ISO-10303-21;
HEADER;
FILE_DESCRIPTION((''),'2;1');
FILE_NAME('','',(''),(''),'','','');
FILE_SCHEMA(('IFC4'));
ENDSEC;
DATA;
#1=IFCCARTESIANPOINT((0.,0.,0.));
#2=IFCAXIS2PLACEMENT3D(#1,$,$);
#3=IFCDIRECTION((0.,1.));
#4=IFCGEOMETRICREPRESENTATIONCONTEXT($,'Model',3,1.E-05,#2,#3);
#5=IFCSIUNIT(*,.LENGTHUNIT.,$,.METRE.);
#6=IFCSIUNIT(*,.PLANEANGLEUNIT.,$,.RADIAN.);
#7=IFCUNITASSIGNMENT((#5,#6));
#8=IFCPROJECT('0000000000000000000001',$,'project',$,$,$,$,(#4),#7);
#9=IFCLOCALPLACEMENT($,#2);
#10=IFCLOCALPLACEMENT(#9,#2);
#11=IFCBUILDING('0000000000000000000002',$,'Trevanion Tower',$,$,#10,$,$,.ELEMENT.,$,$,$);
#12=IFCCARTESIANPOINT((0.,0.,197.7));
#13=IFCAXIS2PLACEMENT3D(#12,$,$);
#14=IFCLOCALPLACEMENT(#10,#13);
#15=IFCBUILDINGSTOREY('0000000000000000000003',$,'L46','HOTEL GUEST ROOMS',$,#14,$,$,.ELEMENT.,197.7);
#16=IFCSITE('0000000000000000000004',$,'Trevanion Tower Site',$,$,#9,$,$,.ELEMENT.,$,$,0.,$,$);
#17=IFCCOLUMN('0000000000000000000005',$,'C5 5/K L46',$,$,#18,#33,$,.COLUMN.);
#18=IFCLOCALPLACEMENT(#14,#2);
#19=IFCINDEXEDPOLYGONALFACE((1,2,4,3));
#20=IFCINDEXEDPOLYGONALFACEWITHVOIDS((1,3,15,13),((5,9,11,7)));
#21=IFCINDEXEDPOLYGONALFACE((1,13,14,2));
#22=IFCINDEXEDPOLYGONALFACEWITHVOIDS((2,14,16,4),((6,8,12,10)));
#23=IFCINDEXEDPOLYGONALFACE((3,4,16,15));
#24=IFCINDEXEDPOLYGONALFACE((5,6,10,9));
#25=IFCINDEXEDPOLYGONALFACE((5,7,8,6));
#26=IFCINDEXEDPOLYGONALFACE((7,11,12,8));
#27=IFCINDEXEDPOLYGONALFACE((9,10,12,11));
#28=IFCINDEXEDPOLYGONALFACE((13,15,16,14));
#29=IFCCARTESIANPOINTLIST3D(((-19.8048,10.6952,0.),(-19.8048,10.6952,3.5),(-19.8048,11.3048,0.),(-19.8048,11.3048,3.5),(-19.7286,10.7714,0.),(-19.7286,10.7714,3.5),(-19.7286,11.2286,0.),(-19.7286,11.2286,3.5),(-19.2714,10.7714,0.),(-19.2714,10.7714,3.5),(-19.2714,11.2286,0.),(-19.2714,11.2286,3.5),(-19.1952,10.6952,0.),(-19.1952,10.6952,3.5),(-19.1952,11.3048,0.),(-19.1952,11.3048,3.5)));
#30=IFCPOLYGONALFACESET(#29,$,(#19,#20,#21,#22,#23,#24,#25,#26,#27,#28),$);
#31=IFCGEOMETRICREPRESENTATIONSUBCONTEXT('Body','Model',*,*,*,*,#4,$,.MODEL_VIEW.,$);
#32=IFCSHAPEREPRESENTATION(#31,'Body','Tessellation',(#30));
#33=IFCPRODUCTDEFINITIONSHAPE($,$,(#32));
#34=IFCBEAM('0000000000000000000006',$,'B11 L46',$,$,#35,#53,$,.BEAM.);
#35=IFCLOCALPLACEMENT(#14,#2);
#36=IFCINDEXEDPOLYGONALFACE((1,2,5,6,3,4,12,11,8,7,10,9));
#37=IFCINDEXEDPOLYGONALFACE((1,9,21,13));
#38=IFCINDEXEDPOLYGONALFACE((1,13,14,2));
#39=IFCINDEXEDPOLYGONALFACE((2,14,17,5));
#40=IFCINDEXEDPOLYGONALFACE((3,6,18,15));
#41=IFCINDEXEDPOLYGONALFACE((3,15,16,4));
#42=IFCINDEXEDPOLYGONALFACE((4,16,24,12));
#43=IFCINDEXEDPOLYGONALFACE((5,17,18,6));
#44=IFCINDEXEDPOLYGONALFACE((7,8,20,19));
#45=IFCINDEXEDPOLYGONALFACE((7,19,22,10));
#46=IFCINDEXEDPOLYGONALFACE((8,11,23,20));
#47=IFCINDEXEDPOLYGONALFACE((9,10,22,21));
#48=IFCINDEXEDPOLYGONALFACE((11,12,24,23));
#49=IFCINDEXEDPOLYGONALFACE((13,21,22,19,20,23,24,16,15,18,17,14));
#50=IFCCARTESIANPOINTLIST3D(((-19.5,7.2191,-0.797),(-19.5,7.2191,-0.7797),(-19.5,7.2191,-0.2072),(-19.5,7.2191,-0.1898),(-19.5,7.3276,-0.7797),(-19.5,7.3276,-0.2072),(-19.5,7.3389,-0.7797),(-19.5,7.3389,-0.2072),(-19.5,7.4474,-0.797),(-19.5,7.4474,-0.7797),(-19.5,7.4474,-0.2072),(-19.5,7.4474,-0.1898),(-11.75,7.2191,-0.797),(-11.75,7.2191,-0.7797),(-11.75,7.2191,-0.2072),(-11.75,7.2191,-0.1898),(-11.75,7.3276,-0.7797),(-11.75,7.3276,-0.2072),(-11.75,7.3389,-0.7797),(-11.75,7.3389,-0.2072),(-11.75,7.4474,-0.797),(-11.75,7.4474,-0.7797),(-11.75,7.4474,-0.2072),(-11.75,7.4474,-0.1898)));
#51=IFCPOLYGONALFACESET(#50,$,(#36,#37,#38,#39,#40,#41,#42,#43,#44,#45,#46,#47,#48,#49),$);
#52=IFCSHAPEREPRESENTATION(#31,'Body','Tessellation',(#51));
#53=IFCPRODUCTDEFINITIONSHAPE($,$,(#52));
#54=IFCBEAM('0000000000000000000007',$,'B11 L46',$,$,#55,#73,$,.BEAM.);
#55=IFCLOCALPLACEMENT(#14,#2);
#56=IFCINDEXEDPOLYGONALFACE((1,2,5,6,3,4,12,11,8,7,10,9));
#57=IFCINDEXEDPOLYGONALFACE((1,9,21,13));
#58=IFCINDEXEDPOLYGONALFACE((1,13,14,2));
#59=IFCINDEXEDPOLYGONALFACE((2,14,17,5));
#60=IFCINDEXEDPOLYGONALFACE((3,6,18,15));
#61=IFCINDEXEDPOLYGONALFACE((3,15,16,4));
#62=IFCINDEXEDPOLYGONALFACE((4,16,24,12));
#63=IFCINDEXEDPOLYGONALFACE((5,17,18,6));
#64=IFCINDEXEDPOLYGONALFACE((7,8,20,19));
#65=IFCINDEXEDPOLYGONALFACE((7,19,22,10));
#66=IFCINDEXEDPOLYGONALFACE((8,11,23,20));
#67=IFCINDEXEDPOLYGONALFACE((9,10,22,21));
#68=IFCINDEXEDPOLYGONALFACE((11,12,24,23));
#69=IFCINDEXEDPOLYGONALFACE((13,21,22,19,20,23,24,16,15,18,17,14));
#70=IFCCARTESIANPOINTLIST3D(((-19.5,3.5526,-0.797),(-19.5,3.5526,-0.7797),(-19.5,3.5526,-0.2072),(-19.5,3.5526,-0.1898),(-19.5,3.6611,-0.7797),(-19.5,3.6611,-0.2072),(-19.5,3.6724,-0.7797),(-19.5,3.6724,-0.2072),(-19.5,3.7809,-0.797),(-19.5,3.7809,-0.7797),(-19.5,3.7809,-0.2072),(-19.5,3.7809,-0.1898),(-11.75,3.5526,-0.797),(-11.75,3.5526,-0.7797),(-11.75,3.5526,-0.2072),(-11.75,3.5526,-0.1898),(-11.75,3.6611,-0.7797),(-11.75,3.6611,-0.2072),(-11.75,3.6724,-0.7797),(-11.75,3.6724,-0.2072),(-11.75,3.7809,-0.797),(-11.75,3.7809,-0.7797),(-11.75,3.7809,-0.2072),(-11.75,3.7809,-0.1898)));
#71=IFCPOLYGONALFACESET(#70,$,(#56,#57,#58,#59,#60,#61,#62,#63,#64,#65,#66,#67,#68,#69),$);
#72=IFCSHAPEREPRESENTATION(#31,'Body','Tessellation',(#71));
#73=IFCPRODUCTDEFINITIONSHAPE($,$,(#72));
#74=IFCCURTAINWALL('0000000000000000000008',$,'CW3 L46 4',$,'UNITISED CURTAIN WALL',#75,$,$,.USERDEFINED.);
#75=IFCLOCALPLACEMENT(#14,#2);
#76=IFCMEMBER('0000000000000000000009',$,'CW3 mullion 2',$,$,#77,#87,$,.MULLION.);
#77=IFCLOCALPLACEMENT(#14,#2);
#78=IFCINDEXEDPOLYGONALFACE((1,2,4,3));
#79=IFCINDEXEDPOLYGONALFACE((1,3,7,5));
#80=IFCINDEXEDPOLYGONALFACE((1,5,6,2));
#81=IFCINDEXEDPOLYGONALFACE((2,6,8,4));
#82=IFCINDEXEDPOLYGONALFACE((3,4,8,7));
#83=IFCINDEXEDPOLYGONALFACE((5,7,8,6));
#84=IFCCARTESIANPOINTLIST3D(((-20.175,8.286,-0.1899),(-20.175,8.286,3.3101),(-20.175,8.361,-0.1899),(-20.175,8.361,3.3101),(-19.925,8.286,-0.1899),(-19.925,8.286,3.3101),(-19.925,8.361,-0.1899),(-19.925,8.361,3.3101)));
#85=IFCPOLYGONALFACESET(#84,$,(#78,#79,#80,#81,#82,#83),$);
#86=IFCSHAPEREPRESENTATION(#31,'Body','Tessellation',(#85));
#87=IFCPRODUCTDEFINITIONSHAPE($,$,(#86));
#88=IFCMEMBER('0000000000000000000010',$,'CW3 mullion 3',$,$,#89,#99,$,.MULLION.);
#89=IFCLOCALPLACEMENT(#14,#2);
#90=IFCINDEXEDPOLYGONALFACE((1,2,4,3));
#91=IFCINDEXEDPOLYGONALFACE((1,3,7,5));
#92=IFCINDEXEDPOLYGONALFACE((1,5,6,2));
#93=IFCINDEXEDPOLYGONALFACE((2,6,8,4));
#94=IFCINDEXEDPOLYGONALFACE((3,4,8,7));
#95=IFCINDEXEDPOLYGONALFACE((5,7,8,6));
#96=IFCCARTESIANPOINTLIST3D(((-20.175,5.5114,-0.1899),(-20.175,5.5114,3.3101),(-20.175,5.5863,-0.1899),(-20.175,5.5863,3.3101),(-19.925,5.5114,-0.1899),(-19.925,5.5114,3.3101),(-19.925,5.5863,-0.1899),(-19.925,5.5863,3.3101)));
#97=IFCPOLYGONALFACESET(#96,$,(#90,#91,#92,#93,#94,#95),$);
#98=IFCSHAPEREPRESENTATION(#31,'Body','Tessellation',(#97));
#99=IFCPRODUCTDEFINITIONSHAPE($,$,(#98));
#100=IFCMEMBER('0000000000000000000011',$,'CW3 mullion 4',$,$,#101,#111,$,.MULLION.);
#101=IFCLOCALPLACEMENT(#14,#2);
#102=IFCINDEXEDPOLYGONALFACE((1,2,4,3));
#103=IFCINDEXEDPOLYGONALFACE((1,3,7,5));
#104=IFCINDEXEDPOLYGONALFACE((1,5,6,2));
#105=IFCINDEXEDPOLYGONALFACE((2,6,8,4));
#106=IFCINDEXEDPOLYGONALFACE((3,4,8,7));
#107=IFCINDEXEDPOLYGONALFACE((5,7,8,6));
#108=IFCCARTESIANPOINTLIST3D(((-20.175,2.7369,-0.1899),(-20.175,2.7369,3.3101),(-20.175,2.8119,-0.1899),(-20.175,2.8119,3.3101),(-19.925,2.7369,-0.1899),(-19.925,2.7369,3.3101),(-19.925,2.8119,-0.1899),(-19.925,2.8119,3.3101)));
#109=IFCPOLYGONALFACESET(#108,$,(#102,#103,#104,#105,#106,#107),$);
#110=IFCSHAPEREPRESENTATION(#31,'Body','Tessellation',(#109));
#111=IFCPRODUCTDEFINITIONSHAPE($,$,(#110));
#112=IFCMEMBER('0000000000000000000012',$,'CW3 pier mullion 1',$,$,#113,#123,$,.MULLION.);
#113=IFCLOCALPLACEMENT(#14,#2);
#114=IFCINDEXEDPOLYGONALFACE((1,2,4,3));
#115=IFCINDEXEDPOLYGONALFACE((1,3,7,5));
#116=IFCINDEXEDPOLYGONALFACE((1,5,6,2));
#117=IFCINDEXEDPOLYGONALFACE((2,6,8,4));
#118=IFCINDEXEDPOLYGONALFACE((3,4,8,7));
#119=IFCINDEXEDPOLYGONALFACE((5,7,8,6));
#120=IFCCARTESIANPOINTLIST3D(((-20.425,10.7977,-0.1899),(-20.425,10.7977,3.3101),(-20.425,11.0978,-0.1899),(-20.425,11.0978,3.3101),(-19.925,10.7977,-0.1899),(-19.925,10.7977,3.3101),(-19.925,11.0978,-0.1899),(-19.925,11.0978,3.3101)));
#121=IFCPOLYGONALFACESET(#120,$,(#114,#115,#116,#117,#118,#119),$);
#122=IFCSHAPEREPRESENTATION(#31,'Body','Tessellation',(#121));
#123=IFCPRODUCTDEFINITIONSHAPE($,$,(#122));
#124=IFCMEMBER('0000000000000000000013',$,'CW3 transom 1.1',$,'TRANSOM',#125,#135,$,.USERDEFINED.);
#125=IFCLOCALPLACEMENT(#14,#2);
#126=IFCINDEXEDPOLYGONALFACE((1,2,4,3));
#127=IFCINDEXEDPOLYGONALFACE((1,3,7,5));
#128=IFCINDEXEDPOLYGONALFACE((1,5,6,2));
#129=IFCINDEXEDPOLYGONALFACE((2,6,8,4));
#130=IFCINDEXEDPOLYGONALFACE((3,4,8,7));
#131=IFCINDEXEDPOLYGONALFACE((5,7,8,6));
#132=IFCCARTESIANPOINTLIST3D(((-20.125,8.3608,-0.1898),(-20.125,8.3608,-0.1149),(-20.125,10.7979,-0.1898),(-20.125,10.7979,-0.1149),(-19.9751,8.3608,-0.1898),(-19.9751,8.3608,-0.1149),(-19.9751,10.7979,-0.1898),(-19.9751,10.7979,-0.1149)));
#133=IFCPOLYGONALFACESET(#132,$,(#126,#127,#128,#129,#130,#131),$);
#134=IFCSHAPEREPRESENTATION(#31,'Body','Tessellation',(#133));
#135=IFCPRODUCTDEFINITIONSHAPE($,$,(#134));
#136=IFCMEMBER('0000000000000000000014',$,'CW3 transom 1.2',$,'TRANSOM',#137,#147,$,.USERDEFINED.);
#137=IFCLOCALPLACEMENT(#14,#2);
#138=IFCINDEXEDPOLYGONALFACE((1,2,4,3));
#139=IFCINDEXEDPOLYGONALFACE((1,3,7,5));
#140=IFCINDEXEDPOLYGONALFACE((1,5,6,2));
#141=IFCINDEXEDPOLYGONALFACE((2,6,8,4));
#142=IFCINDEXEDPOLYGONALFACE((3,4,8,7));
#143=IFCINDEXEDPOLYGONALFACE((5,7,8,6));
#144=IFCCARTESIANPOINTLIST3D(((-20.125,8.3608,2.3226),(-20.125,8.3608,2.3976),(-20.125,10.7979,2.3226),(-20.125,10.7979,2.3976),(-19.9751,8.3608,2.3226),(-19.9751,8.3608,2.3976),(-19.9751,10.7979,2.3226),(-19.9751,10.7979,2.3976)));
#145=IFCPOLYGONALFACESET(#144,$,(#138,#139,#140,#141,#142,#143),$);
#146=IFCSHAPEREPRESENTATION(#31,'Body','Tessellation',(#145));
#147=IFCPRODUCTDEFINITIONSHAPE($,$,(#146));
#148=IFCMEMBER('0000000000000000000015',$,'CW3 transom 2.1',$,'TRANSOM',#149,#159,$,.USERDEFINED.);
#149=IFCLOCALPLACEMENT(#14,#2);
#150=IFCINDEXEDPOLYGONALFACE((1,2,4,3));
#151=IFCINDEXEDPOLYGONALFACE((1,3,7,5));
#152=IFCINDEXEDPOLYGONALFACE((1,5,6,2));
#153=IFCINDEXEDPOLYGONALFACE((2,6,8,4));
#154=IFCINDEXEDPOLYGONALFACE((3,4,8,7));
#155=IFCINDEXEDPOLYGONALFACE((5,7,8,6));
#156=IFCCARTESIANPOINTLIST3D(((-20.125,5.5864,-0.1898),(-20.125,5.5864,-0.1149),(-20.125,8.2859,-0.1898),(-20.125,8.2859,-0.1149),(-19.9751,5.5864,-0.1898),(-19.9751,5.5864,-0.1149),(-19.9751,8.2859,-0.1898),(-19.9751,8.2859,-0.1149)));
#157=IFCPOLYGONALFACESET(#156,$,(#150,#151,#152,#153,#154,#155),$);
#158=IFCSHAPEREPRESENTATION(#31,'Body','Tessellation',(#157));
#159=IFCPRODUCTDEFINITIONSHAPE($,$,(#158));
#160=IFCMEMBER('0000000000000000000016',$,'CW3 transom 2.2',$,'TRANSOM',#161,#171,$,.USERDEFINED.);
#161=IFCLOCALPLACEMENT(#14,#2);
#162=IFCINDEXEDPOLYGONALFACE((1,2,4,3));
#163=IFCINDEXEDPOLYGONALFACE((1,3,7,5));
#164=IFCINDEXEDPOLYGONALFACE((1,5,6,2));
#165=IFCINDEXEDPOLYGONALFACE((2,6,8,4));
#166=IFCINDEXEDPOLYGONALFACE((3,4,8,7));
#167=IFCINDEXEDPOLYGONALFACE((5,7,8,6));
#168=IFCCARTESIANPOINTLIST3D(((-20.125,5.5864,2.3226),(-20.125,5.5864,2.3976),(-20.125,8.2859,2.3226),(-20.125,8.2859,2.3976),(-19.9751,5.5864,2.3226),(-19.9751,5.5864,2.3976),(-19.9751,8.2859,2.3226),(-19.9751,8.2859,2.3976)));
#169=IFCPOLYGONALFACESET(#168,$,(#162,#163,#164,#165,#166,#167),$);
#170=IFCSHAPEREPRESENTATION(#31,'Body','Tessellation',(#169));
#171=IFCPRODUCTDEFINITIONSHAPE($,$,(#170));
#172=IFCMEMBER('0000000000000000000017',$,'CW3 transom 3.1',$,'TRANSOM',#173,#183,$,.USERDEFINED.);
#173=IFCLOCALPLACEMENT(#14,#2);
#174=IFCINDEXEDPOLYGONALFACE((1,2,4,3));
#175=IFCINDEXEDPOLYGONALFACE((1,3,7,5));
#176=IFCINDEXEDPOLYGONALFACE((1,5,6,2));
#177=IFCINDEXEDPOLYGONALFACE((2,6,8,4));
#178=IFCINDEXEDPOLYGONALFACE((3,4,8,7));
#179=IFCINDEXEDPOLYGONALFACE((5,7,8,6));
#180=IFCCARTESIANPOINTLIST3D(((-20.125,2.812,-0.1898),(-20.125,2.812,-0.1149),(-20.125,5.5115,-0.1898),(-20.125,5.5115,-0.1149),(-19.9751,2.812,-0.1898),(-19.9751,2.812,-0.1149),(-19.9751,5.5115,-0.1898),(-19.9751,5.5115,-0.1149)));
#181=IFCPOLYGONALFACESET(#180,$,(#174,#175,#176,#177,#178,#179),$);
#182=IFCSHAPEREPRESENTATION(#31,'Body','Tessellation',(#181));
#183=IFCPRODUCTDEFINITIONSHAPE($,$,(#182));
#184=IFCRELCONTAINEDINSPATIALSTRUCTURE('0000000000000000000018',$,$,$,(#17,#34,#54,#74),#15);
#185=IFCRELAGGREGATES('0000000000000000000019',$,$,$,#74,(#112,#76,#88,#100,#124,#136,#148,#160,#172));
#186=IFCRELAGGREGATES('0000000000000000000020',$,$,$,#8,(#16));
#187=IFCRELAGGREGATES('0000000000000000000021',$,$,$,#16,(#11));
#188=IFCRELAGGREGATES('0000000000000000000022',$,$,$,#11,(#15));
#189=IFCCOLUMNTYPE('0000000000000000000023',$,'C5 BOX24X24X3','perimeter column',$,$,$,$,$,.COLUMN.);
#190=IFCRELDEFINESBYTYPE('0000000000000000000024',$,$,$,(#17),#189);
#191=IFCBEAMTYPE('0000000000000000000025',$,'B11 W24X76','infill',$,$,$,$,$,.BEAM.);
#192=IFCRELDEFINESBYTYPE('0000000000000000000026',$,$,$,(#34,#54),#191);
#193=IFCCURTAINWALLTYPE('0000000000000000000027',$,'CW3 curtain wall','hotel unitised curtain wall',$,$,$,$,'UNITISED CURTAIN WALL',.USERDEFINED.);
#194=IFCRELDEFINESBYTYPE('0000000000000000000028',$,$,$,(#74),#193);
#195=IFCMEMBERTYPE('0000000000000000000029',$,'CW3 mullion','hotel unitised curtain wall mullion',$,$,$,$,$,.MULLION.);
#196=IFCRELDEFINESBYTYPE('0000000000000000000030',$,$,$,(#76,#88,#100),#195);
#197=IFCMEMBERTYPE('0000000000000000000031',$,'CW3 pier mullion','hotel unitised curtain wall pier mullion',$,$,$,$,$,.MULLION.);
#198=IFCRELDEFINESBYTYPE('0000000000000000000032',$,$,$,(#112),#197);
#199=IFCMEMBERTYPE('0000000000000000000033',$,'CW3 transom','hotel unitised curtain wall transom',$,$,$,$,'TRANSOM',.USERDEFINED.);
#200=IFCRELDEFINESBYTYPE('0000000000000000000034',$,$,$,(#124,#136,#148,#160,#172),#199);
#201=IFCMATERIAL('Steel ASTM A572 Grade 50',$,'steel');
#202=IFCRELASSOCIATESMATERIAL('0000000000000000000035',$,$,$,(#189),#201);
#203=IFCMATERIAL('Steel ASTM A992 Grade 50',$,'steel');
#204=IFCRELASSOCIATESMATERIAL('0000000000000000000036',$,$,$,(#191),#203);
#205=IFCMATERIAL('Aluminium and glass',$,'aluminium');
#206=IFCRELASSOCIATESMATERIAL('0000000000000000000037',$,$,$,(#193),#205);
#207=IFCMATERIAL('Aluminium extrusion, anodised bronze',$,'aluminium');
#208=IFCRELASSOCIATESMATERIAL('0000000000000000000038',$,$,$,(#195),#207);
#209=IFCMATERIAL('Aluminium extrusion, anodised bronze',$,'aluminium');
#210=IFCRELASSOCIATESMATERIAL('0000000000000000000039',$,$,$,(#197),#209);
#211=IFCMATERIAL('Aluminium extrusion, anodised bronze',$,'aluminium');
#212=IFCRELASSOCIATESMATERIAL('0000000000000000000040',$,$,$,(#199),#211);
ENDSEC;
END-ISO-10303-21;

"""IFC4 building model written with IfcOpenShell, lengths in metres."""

from ifc_helpers import new_model, si_unit, direction, frame, origin, origin_2d, place, context, subcontext, project, spatial, rectangle, hollow_rectangle, i_section, extrude, material, material_profile, profile_set, type_object, element, aggregate, save


model = new_model("IFC4")

# Units and contexts
model_context = context("Model", 3, precision=1e-05, world=origin(), true_north=direction((0.0, 1.0)))
body_context = subcontext(model_context, "Body", "Model", "MODEL_VIEW")
ifc_project = project(units=[si_unit("LENGTHUNIT", "METRE"), si_unit("PLANEANGLEUNIT", "RADIAN")], contexts=[model_context])

# Site, building, storey
site_placement = place(None, origin())
site = spatial("IfcSite", under=ifc_project, at=site_placement, Name="Trevanion Tower Site", CompositionType="ELEMENT", RefElevation=0.0)
building_placement = place(site_placement, origin())
building = spatial("IfcBuilding", under=site, at=building_placement, Name="Trevanion Tower", CompositionType="ELEMENT")
storey_placement = place(building_placement, frame((0.0, 0.0, 197.7)))
storey = spatial("IfcBuildingStorey", under=building, at=storey_placement, Name="L46", Description="HOTEL GUEST ROOMS", CompositionType="ELEMENT", Elevation=197.7)

# Column
ifc_material_1 = material(Name="Steel ASTM A572 Grade 50", Category="steel")
ifc_material_profile_1 = material_profile(ifc_material_1, hollow_rectangle(XDim=0.6096, YDim=0.6096, WallThickness=0.0762, at=origin_2d()), Name="BOX24X24X3")
ifc_profile_set_1 = profile_set([ifc_material_profile_1], Name="Steel ASTM A572 Grade 50")
column_type = type_object("IfcColumnType", Name="C5 BOX24X24X3", Description="perimeter column", PredefinedType="COLUMN", material=ifc_profile_set_1)
column_placement = place(storey_placement, frame((-19.5, 11.0, 0.0), z_axis=(0.0, 0.0, 1.0), x_axis=(0.0, 1.0, 0.0)))
element("IfcColumn", 1, at=column_placement, inside=storey, type_object=column_type, Name="C5 5/K L46", PredefinedType="COLUMN", context=body_context, shape_type="SweptSolid", body=[
    extrude(hollow_rectangle(XDim=0.6096, YDim=0.6096, WallThickness=0.0762, at=origin_2d()), origin(), (0.0, 0.0, 1.0), 3.5),
])

# Beams
ifc_material_2 = material(Name="Steel ASTM A992 Grade 50", Category="steel")
ifc_material_profile_2 = material_profile(ifc_material_2, i_section(OverallWidth=0.2283, OverallDepth=0.6072, WebThickness=0.0112, FlangeThickness=0.0173, at=origin_2d()), Name="W24X76")
ifc_profile_set_2 = profile_set([ifc_material_profile_2], Name="Steel ASTM A992 Grade 50")
beam_type_1 = type_object("IfcBeamType", Name="B11 W24X76", Description="infill", PredefinedType="BEAM", material=ifc_profile_set_2)
for number, where, z_axis, x_axis, name in (
    (2, (-11.75, 7.3333, -0.4934), (-1.0, 0.0, 0.0), (0.0, -1.0, 0.0), "B11 L46"),
    (3, (-11.75, 3.6667, -0.4934), (-1.0, 0.0, 0.0), (0.0, -1.0, 0.0), "B11 L46"),
):
    element("IfcBeam", number, at=place(storey_placement, frame(where, z_axis=z_axis, x_axis=x_axis)), inside=storey, type_object=beam_type_1, Name=name, PredefinedType="BEAM", context=body_context, shape_type="SweptSolid", body=[
        extrude(i_section(OverallWidth=0.2283, OverallDepth=0.6072, WebThickness=0.0112, FlangeThickness=0.0173, at=origin_2d()), origin(), (0.0, 0.0, 1.0), 7.75),
    ])

# Curtain wall, members
ifc_material_3 = material(Name="Aluminium and glass", Category="aluminium")
curtain_wall_type = type_object("IfcCurtainWallType", Name="CW3 curtain wall", Description="hotel unitised curtain wall", ElementType="UNITISED CURTAIN WALL", PredefinedType="USERDEFINED", material=ifc_material_3)
curtain_wall_placement = place(storey_placement, origin())
curtain_wall = element("IfcCurtainWall", 4, at=curtain_wall_placement, inside=storey, type_object=curtain_wall_type, Name="CW3 L46 4", ObjectType="UNITISED CURTAIN WALL", PredefinedType="USERDEFINED")
ifc_material_4 = material(Name="Aluminium extrusion, anodised bronze", Category="aluminium")
ifc_material_profile_3 = material_profile(ifc_material_4, rectangle(XDim=0.075, YDim=0.25, at=origin_2d()), Name="CW3 mullion")
ifc_profile_set_3 = profile_set([ifc_material_profile_3], Name="Aluminium extrusion, anodised bronze")
member_type_1 = type_object("IfcMemberType", Name="CW3 mullion", Description="hotel unitised curtain wall mullion", PredefinedType="MULLION", material=ifc_profile_set_3)
member_1_placement = place(storey_placement, frame((-20.05, 8.3235, -0.1899), z_axis=(0.0, 0.0, 1.0), x_axis=(0.0, -1.0, 0.0)))
member_1 = element("IfcMember", 5, at=member_1_placement, type_object=member_type_1, Name="CW3 mullion 2", PredefinedType="MULLION", context=body_context, shape_type="SweptSolid", body=[
    extrude(rectangle(XDim=0.075, YDim=0.25, at=origin_2d()), origin(), (0.0, 0.0, 1.0), 3.5),
])
member_2_placement = place(storey_placement, frame((-20.05, 5.5488, -0.1899), z_axis=(0.0, 0.0, 1.0), x_axis=(0.0, -1.0, 0.0)))
member_2 = element("IfcMember", 6, at=member_2_placement, type_object=member_type_1, Name="CW3 mullion 3", PredefinedType="MULLION", context=body_context, shape_type="SweptSolid", body=[
    extrude(rectangle(XDim=0.075, YDim=0.25, at=origin_2d()), origin(), (0.0, 0.0, 1.0), 3.5),
])
member_3_placement = place(storey_placement, frame((-20.05, 2.7744, -0.1899), z_axis=(0.0, 0.0, 1.0), x_axis=(0.0, -1.0, 0.0)))
member_3 = element("IfcMember", 7, at=member_3_placement, type_object=member_type_1, Name="CW3 mullion 4", PredefinedType="MULLION", context=body_context, shape_type="SweptSolid", body=[
    extrude(rectangle(XDim=0.075, YDim=0.25, at=origin_2d()), origin(), (0.0, 0.0, 1.0), 3.5),
])
ifc_material_5 = material(Name="Aluminium extrusion, anodised bronze", Category="aluminium")
ifc_material_profile_4 = material_profile(ifc_material_5, rectangle(XDim=0.3, YDim=0.5, at=origin_2d()), Name="CW3 pier mullion")
ifc_profile_set_4 = profile_set([ifc_material_profile_4], Name="Aluminium extrusion, anodised bronze")
member_type_2 = type_object("IfcMemberType", Name="CW3 pier mullion", Description="hotel unitised curtain wall pier mullion", PredefinedType="MULLION", material=ifc_profile_set_4)
member_4_placement = place(storey_placement, frame((-20.175, 10.9478, -0.1899), z_axis=(0.0, 0.0, 1.0), x_axis=(0.0, -1.0, 0.0)))
member_4 = element("IfcMember", 8, at=member_4_placement, type_object=member_type_2, Name="CW3 pier mullion 1", PredefinedType="MULLION", context=body_context, shape_type="SweptSolid", body=[
    extrude(rectangle(XDim=0.3, YDim=0.5, at=origin_2d()), origin(), (0.0, 0.0, 1.0), 3.5),
])
ifc_material_6 = material(Name="Aluminium extrusion, anodised bronze", Category="aluminium")
ifc_material_profile_5 = material_profile(ifc_material_6, rectangle(XDim=0.1499, YDim=0.075, at=origin_2d()), Name="CW3 transom")
ifc_profile_set_5 = profile_set([ifc_material_profile_5], Name="Aluminium extrusion, anodised bronze")
member_type_3 = type_object("IfcMemberType", Name="CW3 transom", Description="hotel unitised curtain wall transom", ElementType="TRANSOM", PredefinedType="USERDEFINED", material=ifc_profile_set_5)
member_5_placement = place(storey_placement, frame((-20.05, 10.7979, -0.1523), z_axis=(0.0, -1.0, 0.0), x_axis=(1.0, 0.0, 0.0)))
member_5 = element("IfcMember", 9, at=member_5_placement, type_object=member_type_3, Name="CW3 transom 1.1", ObjectType="TRANSOM", PredefinedType="USERDEFINED", context=body_context, shape_type="SweptSolid", body=[
    extrude(rectangle(XDim=0.1499, YDim=0.075, at=origin_2d()), origin(), (0.0, 0.0, 1.0), 2.437),
])
member_6_placement = place(storey_placement, frame((-20.05, 10.7979, 2.3601), z_axis=(0.0, -1.0, 0.0), x_axis=(1.0, 0.0, 0.0)))
member_6 = element("IfcMember", 10, at=member_6_placement, type_object=member_type_3, Name="CW3 transom 1.2", ObjectType="TRANSOM", PredefinedType="USERDEFINED", context=body_context, shape_type="SweptSolid", body=[
    extrude(rectangle(XDim=0.1499, YDim=0.075, at=origin_2d()), origin(), (0.0, 0.0, 1.0), 2.437),
])
member_7_placement = place(storey_placement, frame((-20.05, 8.2859, -0.1523), z_axis=(0.0, -1.0, 0.0), x_axis=(1.0, 0.0, 0.0)))
member_7 = element("IfcMember", 11, at=member_7_placement, type_object=member_type_3, Name="CW3 transom 2.1", ObjectType="TRANSOM", PredefinedType="USERDEFINED", context=body_context, shape_type="SweptSolid", body=[
    extrude(rectangle(XDim=0.1499, YDim=0.075, at=origin_2d()), origin(), (0.0, 0.0, 1.0), 2.6995),
])
member_8_placement = place(storey_placement, frame((-20.05, 8.2859, 2.3601), z_axis=(0.0, -1.0, 0.0), x_axis=(1.0, 0.0, 0.0)))
member_8 = element("IfcMember", 12, at=member_8_placement, type_object=member_type_3, Name="CW3 transom 2.2", ObjectType="TRANSOM", PredefinedType="USERDEFINED", context=body_context, shape_type="SweptSolid", body=[
    extrude(rectangle(XDim=0.1499, YDim=0.075, at=origin_2d()), origin(), (0.0, 0.0, 1.0), 2.6995),
])
member_9_placement = place(storey_placement, frame((-20.05, 5.5115, -0.1523), z_axis=(0.0, -1.0, 0.0), x_axis=(1.0, 0.0, 0.0)))
member_9 = element("IfcMember", 13, at=member_9_placement, type_object=member_type_3, Name="CW3 transom 3.1", ObjectType="TRANSOM", PredefinedType="USERDEFINED", context=body_context, shape_type="SweptSolid", body=[
    extrude(rectangle(XDim=0.1499, YDim=0.075, at=origin_2d()), origin(), (0.0, 0.0, 1.0), 2.6995),
])

aggregate(curtain_wall, [member_4, member_1, member_2, member_3, member_5, member_6, member_7, member_8, member_9])

save(model, "model.ifc")
